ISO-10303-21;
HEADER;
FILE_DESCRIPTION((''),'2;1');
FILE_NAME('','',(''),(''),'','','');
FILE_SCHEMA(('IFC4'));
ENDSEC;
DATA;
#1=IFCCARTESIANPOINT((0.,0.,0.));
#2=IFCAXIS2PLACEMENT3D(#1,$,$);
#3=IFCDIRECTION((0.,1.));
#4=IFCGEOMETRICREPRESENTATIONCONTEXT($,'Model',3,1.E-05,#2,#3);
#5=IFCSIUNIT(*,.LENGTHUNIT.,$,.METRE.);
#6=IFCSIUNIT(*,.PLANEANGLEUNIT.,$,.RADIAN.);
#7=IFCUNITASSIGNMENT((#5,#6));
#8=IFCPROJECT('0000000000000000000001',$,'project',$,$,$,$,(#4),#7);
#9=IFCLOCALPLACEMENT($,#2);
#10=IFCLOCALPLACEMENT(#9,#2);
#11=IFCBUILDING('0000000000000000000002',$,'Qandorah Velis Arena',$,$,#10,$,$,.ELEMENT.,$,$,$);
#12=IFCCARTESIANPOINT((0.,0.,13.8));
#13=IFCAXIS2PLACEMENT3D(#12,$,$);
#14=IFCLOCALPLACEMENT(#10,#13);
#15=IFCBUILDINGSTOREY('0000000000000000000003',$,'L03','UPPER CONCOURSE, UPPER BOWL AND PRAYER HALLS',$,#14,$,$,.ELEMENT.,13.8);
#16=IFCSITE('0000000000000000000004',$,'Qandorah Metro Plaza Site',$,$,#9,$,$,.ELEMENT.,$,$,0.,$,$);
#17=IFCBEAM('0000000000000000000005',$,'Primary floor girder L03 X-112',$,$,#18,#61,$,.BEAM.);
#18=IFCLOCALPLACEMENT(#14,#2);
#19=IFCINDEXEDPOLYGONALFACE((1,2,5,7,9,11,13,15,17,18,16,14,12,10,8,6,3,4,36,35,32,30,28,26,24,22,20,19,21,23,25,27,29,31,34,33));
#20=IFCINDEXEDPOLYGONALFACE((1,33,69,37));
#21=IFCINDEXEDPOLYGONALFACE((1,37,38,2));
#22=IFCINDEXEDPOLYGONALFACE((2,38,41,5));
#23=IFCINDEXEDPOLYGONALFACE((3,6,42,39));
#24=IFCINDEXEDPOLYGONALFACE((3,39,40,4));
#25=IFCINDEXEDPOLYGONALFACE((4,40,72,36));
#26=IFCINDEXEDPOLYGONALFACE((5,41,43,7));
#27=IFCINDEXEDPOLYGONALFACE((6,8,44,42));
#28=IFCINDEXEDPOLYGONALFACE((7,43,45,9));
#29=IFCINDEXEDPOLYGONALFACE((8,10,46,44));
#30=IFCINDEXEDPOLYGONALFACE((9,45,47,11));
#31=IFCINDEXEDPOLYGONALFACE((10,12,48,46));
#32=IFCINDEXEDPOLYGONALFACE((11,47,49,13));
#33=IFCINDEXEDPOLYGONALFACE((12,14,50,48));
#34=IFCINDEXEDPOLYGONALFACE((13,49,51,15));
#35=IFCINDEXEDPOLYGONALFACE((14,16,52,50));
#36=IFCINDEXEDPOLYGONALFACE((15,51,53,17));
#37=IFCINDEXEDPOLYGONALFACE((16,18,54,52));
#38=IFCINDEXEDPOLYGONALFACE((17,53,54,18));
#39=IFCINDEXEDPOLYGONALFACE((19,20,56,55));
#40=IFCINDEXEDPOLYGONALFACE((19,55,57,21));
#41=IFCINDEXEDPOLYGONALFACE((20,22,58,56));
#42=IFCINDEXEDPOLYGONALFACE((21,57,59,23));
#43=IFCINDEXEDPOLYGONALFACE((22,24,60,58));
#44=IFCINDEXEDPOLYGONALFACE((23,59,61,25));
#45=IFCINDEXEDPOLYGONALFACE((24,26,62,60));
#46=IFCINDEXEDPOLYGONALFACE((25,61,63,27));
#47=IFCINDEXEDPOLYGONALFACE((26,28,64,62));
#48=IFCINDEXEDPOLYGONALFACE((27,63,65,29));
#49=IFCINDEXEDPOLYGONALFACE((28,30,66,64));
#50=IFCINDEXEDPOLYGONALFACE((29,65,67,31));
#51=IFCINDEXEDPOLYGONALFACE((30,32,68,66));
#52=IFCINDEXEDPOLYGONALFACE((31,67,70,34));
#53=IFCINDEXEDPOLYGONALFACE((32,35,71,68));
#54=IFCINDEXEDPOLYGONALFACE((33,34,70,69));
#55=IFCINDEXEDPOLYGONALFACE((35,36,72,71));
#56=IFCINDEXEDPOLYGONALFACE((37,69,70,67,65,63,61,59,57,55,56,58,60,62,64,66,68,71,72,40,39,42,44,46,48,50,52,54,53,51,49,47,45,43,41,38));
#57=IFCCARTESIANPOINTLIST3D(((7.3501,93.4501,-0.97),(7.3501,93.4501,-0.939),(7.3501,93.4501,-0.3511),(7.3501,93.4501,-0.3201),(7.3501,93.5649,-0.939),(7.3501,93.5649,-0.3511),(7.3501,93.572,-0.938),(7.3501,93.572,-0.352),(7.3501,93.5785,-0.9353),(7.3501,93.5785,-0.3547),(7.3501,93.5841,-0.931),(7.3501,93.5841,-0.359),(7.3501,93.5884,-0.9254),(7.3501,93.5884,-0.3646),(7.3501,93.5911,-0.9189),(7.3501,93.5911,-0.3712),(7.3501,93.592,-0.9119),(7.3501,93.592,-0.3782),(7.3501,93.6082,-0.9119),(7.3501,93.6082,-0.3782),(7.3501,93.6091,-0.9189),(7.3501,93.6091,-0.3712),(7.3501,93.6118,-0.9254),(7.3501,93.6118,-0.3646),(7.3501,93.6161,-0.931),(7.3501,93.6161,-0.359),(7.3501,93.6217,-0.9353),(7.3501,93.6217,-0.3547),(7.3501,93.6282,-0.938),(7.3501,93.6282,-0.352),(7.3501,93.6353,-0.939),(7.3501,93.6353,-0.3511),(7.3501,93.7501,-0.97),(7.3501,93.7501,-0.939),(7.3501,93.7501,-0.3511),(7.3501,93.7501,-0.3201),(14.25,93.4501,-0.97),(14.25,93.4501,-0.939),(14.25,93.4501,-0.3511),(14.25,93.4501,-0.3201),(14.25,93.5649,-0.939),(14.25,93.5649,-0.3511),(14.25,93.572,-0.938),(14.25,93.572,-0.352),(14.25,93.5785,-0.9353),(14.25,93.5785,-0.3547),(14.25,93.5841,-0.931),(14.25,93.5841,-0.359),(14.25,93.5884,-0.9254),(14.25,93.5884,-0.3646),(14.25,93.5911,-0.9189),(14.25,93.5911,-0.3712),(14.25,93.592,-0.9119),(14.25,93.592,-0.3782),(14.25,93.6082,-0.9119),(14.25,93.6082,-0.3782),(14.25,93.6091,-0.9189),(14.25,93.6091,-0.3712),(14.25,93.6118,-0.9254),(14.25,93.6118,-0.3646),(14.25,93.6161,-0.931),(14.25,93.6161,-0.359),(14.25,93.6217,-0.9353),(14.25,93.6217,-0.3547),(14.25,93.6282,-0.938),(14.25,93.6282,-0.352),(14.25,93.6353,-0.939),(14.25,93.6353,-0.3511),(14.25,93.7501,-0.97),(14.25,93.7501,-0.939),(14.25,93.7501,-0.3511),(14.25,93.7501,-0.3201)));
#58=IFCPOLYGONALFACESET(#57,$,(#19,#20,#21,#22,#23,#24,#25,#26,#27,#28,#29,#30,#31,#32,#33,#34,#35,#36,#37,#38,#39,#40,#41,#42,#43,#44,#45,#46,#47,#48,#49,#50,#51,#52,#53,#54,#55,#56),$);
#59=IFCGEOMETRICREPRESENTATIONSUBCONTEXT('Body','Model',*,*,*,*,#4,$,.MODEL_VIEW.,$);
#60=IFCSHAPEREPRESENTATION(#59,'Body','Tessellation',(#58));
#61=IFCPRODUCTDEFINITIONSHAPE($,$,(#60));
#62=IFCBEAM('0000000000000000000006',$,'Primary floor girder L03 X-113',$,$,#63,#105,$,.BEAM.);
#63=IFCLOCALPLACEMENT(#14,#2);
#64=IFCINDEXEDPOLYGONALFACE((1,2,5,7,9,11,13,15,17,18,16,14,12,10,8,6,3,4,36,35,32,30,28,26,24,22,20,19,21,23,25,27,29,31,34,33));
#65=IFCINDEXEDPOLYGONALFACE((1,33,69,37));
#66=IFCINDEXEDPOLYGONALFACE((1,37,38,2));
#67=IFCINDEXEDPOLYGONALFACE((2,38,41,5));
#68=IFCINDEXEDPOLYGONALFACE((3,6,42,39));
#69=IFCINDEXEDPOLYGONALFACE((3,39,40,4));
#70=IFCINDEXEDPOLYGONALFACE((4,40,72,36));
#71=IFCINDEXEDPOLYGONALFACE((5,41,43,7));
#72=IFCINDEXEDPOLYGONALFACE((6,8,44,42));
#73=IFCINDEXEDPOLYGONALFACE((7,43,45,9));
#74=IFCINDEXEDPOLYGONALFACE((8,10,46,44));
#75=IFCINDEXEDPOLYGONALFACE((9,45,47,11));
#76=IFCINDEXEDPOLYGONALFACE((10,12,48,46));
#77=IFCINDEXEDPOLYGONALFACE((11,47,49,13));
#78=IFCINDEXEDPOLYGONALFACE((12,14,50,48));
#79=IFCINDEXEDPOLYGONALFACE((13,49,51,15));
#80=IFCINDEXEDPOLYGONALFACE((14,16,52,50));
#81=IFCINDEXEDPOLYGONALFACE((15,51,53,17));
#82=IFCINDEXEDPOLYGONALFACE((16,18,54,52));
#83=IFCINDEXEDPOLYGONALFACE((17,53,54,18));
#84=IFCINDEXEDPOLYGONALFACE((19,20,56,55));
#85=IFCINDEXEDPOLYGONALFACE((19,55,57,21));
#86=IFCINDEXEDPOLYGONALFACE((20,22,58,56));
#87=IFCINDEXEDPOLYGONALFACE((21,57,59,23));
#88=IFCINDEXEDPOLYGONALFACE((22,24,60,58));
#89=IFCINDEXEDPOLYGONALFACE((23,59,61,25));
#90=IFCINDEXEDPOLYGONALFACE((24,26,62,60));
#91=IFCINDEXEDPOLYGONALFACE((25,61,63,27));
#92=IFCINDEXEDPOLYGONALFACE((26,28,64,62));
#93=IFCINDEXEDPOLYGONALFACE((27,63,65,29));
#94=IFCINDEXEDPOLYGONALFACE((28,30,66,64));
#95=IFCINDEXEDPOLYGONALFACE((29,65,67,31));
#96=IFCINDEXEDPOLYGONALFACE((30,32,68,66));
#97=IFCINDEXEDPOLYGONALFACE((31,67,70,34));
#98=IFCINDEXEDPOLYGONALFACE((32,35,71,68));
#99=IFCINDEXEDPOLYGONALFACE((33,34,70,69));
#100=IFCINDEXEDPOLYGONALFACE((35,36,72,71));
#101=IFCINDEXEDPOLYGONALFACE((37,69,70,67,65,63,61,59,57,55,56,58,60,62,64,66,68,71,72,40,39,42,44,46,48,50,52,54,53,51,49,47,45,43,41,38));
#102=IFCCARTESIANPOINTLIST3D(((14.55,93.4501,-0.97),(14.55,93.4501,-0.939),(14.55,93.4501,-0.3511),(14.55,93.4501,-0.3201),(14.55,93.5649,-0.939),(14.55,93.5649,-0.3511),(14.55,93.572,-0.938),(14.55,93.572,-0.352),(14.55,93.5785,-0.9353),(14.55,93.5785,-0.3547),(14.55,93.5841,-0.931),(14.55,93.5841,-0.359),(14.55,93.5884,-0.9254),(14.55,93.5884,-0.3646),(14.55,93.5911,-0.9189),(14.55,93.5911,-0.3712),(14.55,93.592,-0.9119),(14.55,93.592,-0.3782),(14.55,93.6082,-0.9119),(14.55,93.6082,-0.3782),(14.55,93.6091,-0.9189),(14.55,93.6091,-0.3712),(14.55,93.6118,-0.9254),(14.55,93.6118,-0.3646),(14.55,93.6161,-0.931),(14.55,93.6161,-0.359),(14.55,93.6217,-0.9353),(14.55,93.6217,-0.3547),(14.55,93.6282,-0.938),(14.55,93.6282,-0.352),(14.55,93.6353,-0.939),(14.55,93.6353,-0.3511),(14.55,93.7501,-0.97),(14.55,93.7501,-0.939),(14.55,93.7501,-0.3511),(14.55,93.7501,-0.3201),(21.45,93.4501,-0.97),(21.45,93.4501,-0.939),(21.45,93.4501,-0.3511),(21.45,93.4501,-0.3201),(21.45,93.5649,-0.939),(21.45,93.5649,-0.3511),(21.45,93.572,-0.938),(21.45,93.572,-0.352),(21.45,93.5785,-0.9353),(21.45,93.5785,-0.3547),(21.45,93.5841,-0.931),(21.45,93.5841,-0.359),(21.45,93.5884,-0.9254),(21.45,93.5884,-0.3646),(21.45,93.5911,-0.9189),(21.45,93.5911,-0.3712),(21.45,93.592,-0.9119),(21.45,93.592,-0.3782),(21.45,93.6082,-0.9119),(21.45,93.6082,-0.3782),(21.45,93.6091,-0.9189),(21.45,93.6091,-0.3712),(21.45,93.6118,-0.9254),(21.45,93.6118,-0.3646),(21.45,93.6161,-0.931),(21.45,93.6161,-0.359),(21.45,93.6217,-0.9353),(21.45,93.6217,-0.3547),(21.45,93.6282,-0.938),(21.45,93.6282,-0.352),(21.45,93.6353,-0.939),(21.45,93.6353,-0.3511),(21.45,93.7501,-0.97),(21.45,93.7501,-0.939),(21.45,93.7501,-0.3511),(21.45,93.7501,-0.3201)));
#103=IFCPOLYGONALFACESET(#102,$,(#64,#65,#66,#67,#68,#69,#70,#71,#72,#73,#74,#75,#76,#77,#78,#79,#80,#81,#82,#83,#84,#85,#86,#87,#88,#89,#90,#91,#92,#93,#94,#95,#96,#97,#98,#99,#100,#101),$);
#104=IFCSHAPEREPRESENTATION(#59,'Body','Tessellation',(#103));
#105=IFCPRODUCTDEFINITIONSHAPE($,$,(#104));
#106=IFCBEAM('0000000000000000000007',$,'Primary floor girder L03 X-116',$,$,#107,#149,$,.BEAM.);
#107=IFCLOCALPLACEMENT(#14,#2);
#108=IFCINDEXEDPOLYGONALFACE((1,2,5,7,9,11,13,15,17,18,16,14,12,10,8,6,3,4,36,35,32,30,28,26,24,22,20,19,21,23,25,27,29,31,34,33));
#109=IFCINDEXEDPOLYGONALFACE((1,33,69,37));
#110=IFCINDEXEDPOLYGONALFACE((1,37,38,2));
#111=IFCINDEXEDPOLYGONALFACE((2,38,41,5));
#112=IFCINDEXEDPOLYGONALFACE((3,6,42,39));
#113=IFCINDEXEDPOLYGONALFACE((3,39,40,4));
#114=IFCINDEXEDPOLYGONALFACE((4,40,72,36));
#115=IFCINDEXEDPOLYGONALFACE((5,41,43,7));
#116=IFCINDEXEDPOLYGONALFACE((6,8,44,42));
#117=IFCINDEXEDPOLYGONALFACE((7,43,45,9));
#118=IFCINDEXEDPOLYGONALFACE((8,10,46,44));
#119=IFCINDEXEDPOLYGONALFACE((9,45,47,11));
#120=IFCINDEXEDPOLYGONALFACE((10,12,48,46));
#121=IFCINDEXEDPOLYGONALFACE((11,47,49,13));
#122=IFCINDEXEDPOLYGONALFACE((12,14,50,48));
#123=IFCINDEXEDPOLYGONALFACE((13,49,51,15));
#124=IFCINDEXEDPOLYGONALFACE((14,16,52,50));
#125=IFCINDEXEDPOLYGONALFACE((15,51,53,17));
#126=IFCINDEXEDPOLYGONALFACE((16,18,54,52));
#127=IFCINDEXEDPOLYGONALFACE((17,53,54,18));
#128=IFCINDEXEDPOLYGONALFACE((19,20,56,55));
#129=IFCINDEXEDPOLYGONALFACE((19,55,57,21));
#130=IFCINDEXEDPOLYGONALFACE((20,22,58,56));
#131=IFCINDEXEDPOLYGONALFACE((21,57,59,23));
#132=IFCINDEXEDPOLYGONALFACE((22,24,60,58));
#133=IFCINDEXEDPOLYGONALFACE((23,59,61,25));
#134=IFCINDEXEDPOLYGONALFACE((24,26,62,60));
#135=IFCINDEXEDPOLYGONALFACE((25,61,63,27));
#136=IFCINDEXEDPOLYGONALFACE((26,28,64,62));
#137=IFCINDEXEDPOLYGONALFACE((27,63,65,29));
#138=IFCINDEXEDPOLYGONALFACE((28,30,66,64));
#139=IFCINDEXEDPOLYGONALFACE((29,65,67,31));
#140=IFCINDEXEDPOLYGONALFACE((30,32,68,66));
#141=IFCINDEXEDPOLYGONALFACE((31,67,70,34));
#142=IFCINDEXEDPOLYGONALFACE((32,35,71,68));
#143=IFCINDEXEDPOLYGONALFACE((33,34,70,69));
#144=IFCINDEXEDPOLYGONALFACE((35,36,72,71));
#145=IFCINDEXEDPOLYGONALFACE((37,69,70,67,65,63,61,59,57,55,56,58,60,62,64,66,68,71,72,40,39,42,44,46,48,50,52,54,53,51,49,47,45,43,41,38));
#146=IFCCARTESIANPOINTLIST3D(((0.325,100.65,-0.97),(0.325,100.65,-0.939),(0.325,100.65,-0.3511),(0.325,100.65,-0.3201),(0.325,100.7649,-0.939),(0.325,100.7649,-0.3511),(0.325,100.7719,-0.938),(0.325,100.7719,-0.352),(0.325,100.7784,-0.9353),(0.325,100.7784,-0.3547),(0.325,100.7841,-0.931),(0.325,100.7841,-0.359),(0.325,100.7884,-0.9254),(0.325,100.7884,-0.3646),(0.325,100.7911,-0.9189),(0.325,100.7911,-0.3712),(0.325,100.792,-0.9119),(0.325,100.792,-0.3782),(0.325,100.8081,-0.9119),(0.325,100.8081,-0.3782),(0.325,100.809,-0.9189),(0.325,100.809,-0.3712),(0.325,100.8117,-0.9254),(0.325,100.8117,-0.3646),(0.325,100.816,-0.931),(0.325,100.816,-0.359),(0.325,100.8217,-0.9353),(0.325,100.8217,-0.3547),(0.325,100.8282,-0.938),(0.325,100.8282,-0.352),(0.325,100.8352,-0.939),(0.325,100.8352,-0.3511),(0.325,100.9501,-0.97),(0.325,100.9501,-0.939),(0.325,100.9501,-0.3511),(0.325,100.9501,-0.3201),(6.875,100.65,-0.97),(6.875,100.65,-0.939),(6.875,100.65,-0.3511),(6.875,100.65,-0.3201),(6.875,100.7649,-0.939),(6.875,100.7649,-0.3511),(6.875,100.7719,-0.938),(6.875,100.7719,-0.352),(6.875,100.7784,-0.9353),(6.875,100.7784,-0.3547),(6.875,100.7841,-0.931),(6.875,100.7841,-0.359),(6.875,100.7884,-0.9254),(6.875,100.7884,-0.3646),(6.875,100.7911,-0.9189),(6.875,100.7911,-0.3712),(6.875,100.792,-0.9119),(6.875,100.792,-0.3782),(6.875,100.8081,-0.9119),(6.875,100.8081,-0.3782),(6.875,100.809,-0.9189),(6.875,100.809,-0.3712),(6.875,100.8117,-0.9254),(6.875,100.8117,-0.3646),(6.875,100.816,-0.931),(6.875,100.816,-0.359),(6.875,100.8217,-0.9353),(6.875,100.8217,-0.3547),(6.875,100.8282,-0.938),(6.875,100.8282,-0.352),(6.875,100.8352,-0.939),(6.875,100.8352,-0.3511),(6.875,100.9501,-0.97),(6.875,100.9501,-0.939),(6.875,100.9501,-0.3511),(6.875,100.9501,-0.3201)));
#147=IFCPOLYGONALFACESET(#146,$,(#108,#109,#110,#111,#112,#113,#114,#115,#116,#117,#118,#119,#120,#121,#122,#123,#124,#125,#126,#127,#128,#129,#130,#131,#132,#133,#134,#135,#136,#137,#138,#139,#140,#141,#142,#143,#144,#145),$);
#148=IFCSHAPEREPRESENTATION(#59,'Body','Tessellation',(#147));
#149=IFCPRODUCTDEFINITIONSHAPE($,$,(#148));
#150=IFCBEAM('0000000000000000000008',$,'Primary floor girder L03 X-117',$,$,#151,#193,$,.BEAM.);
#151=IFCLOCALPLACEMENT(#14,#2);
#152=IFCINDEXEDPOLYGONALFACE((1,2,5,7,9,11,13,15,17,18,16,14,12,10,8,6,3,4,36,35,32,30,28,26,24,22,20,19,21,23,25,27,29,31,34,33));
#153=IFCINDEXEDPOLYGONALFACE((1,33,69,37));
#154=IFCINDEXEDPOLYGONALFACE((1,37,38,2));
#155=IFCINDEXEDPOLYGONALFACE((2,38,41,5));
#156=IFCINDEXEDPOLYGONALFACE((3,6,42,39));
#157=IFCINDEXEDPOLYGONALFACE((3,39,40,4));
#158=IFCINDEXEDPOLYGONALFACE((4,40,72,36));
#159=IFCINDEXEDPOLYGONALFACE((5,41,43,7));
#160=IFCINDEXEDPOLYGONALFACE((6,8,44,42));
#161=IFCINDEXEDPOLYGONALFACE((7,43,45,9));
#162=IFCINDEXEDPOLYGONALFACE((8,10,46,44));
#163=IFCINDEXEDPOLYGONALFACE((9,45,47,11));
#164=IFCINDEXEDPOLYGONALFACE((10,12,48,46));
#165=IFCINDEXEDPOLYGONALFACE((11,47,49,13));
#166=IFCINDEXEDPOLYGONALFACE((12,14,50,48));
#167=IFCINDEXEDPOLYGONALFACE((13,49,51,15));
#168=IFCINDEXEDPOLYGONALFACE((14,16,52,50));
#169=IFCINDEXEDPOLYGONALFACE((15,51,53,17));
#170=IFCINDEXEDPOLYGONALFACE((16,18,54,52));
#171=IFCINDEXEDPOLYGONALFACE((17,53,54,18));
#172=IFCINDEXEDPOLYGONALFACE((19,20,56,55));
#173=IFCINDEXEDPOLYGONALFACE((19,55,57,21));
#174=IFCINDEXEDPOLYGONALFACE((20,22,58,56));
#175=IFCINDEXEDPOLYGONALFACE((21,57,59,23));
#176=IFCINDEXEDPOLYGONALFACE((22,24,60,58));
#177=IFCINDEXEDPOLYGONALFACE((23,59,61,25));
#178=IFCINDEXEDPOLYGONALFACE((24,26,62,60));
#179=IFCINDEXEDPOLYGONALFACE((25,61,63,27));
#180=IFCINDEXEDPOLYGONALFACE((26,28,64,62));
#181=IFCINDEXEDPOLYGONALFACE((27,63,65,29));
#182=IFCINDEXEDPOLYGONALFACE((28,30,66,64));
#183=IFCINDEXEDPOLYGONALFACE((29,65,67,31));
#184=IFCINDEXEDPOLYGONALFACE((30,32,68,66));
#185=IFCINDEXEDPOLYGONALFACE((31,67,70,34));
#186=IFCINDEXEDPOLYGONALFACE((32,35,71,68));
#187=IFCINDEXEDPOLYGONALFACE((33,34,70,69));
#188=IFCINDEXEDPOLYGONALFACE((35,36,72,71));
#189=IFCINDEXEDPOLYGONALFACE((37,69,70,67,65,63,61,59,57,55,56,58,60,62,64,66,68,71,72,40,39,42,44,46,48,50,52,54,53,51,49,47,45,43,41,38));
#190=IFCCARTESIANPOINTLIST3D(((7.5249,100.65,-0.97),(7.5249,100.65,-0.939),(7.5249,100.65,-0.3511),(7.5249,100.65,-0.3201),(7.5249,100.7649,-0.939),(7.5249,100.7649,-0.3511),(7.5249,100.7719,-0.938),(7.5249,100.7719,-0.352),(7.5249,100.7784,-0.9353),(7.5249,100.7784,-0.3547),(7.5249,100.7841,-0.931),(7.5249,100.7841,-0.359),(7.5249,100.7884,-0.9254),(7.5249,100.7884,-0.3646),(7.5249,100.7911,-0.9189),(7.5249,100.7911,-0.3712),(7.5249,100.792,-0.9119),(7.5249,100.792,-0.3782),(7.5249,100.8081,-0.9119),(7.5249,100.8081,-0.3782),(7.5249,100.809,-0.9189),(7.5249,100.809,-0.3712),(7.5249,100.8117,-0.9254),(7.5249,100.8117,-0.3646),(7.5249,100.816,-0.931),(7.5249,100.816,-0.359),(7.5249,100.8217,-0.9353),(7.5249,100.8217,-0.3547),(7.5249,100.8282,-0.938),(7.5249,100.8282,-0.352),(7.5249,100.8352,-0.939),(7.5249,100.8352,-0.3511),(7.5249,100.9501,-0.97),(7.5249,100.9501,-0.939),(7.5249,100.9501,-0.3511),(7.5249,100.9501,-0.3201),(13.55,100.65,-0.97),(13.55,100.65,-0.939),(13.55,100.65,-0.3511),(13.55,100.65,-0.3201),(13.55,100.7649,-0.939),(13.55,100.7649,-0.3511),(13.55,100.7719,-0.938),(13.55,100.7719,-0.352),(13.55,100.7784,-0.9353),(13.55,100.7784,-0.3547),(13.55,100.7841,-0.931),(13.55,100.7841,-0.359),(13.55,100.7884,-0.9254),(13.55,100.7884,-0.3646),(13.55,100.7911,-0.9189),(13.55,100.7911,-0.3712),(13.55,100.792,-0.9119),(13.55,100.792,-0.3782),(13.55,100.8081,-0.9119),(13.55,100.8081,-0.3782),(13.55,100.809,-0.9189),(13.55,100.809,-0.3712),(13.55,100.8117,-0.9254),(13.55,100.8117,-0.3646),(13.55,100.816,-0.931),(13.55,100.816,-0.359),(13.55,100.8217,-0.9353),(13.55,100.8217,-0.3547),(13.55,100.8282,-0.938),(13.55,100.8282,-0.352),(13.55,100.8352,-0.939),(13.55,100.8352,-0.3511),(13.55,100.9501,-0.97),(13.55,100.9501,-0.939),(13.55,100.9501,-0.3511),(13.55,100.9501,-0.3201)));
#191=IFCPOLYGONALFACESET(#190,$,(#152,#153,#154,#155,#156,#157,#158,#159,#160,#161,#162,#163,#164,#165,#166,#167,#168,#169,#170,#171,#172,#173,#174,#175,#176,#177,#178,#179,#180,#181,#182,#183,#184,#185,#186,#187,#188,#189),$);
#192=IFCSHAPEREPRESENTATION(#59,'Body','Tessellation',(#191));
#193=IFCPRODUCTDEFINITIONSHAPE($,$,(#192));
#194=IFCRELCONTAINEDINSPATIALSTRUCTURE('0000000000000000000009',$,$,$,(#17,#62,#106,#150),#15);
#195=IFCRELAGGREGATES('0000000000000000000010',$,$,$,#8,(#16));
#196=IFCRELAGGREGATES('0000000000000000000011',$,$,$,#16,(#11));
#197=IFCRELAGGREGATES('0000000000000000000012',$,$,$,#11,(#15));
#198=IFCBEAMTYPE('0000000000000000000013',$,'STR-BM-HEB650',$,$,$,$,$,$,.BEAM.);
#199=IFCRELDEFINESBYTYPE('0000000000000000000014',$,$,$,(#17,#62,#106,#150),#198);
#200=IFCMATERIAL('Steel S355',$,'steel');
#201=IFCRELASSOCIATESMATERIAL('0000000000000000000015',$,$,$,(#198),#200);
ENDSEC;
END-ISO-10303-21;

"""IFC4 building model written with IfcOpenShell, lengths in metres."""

from ifc_helpers import new_model, si_unit, direction, frame, origin, origin_2d, place, context, subcontext, project, spatial, i_section, extrude, material, material_profile, profile_set, type_object, element, save


model = new_model("IFC4")

# Units and contexts
model_context = context("Model", 3, precision=1e-05, world=origin(), true_north=direction((0.0, 1.0)))
body_context = subcontext(model_context, "Body", "Model", "MODEL_VIEW")
ifc_project = project(units=[si_unit("LENGTHUNIT", "METRE"), si_unit("PLANEANGLEUNIT", "RADIAN")], contexts=[model_context])

# Site, building, storey
site_placement = place(None, origin())
site = spatial("IfcSite", under=ifc_project, at=site_placement, Name="Qandorah Metro Plaza Site", CompositionType="ELEMENT", RefElevation=0.0)
building_placement = place(site_placement, origin())
building = spatial("IfcBuilding", under=site, at=building_placement, Name="Qandorah Velis Arena", CompositionType="ELEMENT")
storey_placement = place(building_placement, frame((0.0, 0.0, 13.8)))
storey = spatial("IfcBuildingStorey", under=building, at=storey_placement, Name="L03", Description="UPPER CONCOURSE, UPPER BOWL AND PRAYER HALLS", CompositionType="ELEMENT", Elevation=13.8)

# Beams
ifc_material_1 = material(Name="Steel S355", Category="steel")
ifc_material_profile_1 = material_profile(ifc_material_1, i_section(OverallWidth=0.3, OverallDepth=0.6499, WebThickness=0.0161, FlangeThickness=0.031, FilletRadius=0.0271, at=origin_2d()), Name="HEB 650")
ifc_profile_set_1 = profile_set([ifc_material_profile_1], Name="Steel S355")
beam_type_1 = type_object("IfcBeamType", Name="STR-BM-HEB650", PredefinedType="BEAM", material=ifc_profile_set_1)
for number, where, z_axis, x_axis, name in (
    (1, (7.3501, 93.6001, -0.645), (1.0, 0.0, 0.0), (0.0, 1.0, 0.0), "Primary floor girder L03 X-112"),
    (2, (14.55, 93.6001, -0.645), (1.0, 0.0, 0.0), (0.0, 1.0, 0.0), "Primary floor girder L03 X-113"),
):
    element("IfcBeam", number, at=place(storey_placement, frame(where, z_axis=z_axis, x_axis=x_axis)), inside=storey, type_object=beam_type_1, Name=name, PredefinedType="BEAM", context=body_context, shape_type="SweptSolid", body=[
        extrude(i_section(OverallWidth=0.3, OverallDepth=0.6499, WebThickness=0.0161, FlangeThickness=0.031, FilletRadius=0.0271, at=origin_2d()), origin(), (0.0, 0.0, 1.0), 6.8999),
    ])
beam_1_placement = place(storey_placement, frame((0.325, 100.8, -0.645), z_axis=(1.0, 0.0, 0.0), x_axis=(0.0, 1.0, 0.0)))
element("IfcBeam", 3, at=beam_1_placement, inside=storey, type_object=beam_type_1, Name="Primary floor girder L03 X-116", PredefinedType="BEAM", context=body_context, shape_type="SweptSolid", body=[
    extrude(i_section(OverallWidth=0.3, OverallDepth=0.6499, WebThickness=0.0161, FlangeThickness=0.031, FilletRadius=0.0271, at=origin_2d()), origin(), (0.0, 0.0, 1.0), 6.55),
])
beam_2_placement = place(storey_placement, frame((7.5249, 100.8, -0.645), z_axis=(1.0, 0.0, 0.0), x_axis=(0.0, 1.0, 0.0)))
element("IfcBeam", 4, at=beam_2_placement, inside=storey, type_object=beam_type_1, Name="Primary floor girder L03 X-117", PredefinedType="BEAM", context=body_context, shape_type="SweptSolid", body=[
    extrude(i_section(OverallWidth=0.3, OverallDepth=0.6499, WebThickness=0.0161, FlangeThickness=0.031, FilletRadius=0.0271, at=origin_2d()), origin(), (0.0, 0.0, 1.0), 6.0251),
])

save(model, "model.ifc")
